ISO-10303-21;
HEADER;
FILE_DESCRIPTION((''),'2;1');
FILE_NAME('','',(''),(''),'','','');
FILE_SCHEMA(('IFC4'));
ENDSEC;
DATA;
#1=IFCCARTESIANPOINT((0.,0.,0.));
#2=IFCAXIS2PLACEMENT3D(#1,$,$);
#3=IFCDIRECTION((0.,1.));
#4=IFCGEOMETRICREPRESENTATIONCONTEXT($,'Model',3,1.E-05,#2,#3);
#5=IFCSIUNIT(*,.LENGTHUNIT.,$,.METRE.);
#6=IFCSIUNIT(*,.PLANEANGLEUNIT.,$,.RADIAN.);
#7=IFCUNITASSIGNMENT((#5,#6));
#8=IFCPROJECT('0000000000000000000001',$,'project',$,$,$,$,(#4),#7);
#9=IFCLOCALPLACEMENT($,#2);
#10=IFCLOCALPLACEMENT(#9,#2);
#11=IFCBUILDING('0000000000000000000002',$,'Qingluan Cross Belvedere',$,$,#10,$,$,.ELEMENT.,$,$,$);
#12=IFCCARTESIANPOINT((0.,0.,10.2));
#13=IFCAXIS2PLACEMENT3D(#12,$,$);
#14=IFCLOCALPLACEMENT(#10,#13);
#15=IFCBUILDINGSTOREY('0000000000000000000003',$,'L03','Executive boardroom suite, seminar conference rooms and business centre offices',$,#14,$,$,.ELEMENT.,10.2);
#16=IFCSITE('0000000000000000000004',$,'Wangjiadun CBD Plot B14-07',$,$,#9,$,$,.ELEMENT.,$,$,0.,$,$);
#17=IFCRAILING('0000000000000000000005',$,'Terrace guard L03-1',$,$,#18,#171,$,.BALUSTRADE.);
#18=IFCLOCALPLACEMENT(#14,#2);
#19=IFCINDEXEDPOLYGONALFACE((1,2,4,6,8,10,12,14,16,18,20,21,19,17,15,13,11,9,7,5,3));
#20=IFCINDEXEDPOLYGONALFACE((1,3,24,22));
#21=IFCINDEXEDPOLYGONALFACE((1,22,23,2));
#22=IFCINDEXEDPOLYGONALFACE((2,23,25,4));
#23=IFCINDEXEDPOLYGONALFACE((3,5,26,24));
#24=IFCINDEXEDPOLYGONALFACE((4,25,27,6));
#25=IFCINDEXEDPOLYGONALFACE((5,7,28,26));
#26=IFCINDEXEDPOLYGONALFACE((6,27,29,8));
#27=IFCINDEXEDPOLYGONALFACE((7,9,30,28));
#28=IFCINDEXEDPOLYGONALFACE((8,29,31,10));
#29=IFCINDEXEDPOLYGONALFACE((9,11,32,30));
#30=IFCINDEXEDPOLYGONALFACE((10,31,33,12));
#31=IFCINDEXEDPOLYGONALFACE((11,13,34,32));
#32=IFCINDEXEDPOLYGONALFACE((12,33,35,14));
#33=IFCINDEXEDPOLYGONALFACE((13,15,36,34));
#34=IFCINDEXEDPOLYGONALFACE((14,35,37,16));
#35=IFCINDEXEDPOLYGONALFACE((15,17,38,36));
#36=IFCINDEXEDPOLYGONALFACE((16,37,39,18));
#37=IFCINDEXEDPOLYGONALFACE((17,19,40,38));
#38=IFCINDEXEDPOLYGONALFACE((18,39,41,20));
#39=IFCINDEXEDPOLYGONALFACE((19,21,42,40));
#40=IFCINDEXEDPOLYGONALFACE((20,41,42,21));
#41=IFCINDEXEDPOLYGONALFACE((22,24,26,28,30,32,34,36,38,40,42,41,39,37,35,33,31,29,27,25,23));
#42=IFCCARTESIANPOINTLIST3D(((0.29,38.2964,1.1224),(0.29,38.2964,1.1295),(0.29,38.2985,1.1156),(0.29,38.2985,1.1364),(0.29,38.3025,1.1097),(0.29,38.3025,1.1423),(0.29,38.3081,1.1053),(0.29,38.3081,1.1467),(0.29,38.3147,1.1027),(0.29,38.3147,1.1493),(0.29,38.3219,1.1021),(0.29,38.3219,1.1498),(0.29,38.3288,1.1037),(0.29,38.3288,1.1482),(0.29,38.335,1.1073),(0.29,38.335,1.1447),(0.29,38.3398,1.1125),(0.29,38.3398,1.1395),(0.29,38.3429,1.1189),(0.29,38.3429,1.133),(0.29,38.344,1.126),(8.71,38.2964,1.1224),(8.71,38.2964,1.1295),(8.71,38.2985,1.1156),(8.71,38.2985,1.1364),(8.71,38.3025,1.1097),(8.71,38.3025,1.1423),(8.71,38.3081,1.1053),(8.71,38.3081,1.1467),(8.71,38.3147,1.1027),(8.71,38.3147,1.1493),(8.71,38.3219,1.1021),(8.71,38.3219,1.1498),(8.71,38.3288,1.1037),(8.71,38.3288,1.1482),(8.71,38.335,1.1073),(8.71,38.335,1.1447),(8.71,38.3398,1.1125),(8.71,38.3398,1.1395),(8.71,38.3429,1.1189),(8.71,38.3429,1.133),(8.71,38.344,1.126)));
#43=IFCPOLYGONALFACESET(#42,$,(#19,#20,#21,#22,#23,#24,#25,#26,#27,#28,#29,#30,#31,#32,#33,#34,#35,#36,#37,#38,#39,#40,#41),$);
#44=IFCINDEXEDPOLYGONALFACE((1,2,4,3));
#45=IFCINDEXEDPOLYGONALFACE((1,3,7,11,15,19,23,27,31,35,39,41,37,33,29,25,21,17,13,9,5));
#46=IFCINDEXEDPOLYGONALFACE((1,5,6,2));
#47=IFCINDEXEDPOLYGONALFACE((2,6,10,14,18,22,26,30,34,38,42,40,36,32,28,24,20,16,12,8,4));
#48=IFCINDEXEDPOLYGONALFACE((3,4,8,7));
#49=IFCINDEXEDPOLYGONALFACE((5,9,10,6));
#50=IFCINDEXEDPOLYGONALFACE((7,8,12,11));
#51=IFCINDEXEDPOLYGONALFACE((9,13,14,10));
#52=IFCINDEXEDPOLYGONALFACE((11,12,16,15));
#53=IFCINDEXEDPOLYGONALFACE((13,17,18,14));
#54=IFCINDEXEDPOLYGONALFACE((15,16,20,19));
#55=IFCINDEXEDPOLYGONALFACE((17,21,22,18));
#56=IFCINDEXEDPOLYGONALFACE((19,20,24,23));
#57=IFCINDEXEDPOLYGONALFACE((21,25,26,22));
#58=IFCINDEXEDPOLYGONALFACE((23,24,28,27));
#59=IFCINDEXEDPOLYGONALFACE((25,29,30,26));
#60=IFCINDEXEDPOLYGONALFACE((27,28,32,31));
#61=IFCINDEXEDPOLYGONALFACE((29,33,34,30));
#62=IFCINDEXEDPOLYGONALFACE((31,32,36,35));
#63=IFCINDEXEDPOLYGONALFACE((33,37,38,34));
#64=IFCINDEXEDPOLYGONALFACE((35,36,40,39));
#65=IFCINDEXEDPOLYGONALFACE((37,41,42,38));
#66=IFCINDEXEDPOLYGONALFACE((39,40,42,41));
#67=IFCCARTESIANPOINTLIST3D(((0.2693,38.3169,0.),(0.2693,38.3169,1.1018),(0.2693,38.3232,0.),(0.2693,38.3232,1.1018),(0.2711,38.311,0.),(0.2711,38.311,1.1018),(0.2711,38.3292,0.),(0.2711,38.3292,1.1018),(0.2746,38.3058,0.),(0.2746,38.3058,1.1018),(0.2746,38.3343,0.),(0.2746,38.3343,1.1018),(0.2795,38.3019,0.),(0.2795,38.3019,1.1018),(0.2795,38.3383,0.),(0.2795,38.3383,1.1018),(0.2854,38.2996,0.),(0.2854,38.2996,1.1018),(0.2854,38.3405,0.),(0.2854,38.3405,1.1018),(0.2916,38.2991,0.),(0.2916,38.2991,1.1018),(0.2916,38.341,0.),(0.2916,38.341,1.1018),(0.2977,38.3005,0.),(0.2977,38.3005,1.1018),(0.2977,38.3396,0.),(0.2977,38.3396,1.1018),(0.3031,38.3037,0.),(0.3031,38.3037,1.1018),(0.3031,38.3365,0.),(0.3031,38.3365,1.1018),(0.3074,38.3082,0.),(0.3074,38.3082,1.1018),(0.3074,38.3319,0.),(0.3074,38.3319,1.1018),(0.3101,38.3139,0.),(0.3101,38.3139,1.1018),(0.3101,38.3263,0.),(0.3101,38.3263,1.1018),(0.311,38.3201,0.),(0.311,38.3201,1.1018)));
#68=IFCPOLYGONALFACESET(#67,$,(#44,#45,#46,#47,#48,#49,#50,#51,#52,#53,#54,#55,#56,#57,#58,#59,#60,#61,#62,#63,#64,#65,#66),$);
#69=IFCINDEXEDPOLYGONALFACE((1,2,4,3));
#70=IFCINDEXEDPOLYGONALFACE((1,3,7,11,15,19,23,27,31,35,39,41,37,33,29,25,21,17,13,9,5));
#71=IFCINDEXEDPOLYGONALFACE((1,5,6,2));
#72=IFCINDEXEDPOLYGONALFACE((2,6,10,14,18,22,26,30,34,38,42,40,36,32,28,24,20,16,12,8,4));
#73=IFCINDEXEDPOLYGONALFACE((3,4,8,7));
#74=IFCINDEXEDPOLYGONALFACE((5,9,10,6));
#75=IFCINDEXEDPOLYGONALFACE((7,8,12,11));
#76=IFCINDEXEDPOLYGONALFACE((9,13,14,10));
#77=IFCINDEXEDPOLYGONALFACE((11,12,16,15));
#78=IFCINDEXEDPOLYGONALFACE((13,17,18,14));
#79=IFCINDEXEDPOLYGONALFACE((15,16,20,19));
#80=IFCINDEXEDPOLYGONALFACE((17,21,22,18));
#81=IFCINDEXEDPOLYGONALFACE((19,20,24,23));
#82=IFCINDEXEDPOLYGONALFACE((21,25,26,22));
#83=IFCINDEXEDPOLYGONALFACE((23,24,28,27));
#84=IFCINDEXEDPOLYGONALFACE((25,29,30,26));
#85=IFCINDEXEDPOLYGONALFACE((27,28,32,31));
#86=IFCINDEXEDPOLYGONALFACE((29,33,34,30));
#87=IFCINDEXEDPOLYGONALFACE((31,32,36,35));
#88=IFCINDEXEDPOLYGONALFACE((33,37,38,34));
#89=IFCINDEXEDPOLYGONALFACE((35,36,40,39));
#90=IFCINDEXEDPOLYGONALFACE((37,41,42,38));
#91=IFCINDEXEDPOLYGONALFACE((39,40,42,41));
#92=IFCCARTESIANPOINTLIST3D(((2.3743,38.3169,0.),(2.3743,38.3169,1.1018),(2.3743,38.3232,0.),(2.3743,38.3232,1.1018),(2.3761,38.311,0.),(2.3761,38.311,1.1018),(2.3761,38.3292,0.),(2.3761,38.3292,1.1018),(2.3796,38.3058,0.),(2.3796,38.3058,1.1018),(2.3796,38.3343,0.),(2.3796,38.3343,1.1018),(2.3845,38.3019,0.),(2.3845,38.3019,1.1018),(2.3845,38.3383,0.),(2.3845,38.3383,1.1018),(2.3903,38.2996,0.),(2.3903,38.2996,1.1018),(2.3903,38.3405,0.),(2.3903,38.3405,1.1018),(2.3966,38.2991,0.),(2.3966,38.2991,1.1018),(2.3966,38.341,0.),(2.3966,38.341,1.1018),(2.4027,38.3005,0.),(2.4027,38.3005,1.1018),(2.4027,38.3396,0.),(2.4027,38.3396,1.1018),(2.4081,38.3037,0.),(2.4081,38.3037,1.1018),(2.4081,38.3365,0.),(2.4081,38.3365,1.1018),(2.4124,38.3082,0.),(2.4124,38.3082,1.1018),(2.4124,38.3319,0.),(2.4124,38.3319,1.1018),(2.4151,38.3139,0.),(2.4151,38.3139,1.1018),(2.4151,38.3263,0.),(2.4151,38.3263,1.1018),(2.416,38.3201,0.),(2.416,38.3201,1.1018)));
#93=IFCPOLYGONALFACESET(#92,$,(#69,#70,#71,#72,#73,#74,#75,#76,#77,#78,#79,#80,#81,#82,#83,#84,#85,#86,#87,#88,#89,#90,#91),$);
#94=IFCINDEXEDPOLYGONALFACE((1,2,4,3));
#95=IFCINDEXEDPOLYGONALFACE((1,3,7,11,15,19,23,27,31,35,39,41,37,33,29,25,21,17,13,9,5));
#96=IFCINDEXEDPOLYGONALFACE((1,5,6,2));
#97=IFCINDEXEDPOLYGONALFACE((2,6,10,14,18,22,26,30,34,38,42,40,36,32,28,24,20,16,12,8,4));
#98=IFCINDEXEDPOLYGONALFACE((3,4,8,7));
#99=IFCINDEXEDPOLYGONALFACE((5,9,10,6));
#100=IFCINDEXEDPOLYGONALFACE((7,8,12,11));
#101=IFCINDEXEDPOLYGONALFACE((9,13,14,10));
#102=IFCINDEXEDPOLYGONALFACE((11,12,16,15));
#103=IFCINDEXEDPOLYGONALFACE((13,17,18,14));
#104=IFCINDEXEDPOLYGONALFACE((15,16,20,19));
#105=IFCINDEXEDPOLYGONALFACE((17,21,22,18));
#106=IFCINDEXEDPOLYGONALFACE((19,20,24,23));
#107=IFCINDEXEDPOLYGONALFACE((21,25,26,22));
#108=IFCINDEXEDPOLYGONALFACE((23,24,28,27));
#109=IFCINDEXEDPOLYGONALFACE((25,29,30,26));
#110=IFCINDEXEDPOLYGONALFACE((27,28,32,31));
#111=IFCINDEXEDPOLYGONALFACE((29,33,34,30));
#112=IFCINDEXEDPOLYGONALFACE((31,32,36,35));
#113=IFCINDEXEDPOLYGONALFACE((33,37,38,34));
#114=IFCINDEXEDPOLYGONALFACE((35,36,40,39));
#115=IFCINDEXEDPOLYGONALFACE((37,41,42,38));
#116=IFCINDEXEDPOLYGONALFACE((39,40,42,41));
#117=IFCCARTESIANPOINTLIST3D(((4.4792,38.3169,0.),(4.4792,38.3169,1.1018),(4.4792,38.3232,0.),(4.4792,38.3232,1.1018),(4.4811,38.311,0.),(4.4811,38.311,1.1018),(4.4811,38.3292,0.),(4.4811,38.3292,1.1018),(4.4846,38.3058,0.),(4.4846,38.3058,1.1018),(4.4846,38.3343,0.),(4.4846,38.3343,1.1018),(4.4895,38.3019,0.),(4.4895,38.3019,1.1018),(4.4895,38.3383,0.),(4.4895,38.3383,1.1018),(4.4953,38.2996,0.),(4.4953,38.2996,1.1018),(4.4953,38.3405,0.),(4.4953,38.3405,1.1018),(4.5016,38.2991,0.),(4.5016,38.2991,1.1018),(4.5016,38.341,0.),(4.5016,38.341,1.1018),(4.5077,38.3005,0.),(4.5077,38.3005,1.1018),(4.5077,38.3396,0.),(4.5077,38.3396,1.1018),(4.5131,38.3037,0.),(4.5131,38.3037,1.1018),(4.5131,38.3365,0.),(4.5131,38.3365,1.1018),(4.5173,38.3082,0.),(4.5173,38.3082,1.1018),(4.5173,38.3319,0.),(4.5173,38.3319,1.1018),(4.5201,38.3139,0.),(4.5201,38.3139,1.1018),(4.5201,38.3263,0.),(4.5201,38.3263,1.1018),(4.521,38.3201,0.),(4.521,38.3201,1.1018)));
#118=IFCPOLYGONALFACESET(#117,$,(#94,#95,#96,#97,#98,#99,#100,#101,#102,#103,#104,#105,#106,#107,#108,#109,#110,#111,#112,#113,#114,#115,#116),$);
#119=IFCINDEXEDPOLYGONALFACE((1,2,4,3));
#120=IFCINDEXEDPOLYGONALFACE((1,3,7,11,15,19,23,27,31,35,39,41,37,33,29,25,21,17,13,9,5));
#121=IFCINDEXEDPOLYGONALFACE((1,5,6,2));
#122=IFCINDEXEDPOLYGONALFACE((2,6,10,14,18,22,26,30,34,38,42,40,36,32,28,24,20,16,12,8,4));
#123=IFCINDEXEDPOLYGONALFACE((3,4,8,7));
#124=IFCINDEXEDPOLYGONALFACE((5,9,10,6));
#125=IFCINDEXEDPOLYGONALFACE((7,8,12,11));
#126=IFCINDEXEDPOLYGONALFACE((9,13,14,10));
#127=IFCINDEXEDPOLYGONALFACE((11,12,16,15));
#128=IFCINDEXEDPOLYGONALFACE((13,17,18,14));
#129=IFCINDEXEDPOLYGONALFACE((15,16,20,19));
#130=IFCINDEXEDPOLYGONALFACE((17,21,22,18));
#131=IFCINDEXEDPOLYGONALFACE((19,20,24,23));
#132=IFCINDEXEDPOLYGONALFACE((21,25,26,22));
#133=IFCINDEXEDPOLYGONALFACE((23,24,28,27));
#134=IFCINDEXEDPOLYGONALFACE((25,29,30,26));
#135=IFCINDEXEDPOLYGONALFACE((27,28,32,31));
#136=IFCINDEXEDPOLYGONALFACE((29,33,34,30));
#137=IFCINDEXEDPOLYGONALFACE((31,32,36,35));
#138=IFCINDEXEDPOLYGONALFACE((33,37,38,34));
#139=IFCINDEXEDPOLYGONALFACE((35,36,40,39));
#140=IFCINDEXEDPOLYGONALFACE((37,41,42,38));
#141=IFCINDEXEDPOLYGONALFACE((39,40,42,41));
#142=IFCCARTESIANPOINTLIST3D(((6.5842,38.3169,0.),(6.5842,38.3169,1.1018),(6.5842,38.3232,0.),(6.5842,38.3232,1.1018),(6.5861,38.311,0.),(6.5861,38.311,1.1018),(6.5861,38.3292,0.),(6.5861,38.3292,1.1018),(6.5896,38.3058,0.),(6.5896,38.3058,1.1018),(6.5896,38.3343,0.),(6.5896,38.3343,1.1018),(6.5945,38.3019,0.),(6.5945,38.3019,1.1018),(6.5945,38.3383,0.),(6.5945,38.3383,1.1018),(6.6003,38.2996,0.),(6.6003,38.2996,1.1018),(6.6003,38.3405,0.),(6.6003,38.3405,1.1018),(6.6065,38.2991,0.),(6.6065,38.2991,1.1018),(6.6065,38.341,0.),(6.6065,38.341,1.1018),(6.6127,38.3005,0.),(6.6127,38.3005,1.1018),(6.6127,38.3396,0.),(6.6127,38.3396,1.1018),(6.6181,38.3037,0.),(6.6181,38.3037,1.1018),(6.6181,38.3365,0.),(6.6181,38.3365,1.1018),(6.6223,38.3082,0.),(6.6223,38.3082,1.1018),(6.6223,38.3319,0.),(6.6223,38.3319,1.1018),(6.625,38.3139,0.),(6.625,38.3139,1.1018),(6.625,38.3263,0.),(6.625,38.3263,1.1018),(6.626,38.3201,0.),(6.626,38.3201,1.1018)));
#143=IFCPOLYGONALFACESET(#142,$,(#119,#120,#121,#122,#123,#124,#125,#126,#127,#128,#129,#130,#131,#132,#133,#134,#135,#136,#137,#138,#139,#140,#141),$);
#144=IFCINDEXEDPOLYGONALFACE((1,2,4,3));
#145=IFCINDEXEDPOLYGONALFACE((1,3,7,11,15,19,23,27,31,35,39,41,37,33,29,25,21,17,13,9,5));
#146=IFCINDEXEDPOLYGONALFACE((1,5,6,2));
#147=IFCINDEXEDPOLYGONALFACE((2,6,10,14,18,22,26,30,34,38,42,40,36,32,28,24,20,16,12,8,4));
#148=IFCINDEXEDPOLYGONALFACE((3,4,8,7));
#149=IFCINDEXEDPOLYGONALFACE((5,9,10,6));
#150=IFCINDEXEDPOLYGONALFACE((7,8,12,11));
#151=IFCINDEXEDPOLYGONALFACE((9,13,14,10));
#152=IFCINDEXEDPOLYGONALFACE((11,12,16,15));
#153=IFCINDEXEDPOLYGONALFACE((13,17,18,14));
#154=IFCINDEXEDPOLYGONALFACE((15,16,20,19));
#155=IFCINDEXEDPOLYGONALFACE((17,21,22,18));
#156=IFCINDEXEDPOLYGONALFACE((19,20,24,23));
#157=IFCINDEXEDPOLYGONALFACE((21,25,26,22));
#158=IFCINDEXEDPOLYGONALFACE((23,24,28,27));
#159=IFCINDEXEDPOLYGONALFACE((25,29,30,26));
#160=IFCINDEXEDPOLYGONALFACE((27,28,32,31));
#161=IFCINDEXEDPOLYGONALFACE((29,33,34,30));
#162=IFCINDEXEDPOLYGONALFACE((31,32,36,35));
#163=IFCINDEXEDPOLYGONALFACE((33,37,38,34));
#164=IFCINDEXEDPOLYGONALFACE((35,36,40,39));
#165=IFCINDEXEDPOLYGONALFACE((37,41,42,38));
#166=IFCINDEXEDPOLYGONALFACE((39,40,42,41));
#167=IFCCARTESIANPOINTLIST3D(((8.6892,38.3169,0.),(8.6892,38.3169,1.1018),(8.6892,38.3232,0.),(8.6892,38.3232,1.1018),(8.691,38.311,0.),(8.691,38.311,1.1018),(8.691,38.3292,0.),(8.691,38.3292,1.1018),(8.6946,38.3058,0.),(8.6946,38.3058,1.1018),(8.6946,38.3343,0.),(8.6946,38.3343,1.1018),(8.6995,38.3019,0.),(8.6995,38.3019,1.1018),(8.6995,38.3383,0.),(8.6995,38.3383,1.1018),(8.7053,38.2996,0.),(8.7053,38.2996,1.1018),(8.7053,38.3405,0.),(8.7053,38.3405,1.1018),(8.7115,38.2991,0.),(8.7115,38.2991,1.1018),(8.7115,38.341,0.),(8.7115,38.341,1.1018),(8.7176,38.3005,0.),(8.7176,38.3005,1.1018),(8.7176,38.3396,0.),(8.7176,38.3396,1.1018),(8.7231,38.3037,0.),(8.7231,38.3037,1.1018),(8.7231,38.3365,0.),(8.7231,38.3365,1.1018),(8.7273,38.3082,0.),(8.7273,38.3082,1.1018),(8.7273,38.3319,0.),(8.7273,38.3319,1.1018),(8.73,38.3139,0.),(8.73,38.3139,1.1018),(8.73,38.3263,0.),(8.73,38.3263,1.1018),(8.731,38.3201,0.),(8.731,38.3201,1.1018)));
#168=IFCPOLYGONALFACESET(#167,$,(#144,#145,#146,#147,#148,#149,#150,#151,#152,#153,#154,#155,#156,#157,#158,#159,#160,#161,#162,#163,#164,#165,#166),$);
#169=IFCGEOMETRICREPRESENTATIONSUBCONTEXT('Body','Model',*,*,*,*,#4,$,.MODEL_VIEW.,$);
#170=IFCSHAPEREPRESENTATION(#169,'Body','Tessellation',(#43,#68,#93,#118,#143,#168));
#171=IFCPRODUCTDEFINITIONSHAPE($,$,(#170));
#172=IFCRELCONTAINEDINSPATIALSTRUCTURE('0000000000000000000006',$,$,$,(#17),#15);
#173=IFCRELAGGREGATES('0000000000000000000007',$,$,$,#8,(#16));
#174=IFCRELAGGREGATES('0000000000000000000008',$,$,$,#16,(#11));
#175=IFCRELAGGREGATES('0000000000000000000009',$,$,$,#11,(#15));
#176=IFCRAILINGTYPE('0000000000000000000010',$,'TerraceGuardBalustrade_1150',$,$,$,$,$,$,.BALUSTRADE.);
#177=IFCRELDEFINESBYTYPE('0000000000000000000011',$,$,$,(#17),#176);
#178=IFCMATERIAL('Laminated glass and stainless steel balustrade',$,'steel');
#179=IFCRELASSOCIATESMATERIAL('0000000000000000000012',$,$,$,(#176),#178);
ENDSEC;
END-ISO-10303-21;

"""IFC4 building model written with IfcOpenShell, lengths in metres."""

from ifc_helpers import new_model, si_unit, direction, frame, origin, origin_2d, place, context, subcontext, project, spatial, circle, extrude, material, type_object, element, save


model = new_model("IFC4")

# Units and contexts
model_context = context("Model", 3, precision=1e-05, world=origin(), true_north=direction((0.0, 1.0)))
body_context = subcontext(model_context, "Body", "Model", "MODEL_VIEW")
ifc_project = project(units=[si_unit("LENGTHUNIT", "METRE"), si_unit("PLANEANGLEUNIT", "RADIAN")], contexts=[model_context])

# Site, building, storey
site_placement = place(None, origin())
site = spatial("IfcSite", under=ifc_project, at=site_placement, Name="Wangjiadun CBD Plot B14-07", CompositionType="ELEMENT", RefElevation=0.0)
building_placement = place(site_placement, origin())
building = spatial("IfcBuilding", under=site, at=building_placement, Name="Qingluan Cross Belvedere", CompositionType="ELEMENT")
storey_placement = place(building_placement, frame((0.0, 0.0, 10.2)))
storey = spatial("IfcBuildingStorey", under=building, at=storey_placement, Name="L03", Description="Executive boardroom suite, seminar conference rooms and business centre offices", CompositionType="ELEMENT", Elevation=10.2)

# Railing
ifc_material_1 = material(Name="Laminated glass and stainless steel balustrade", Category="steel")
railing_type = type_object("IfcRailingType", Name="TerraceGuardBalustrade_1150", PredefinedType="BALUSTRADE", material=ifc_material_1)
railing_placement = place(storey_placement, frame((0.29, 38.3201, 0.0)))
element("IfcRailing", 1, at=railing_placement, inside=storey, type_object=railing_type, Name="Terrace guard L03-1", PredefinedType="BALUSTRADE", context=body_context, shape_type="SweptSolid", body=[
    extrude(circle(Radius=0.0239, at=origin_2d()), frame((0.0, 0.0, 1.126), z_axis=(1.0, 0.0, 0.0), x_axis=(0.0, 1.0, 0.0)), (0.0, 0.0, 1.0), 8.4199),
    extrude(circle(Radius=0.021, at=origin_2d()), origin(), (0.0, 0.0, 1.0), 1.1018),
    extrude(circle(Radius=0.021, at=origin_2d()), frame((2.105, 0.0, 0.0)), (0.0, 0.0, 1.0), 1.1018),
    extrude(circle(Radius=0.021, at=origin_2d()), frame((4.21, 0.0, 0.0)), (0.0, 0.0, 1.0), 1.1018),
    extrude(circle(Radius=0.021, at=origin_2d()), frame((6.3149, 0.0, 0.0)), (0.0, 0.0, 1.0), 1.1018),
    extrude(circle(Radius=0.021, at=origin_2d()), frame((8.4199, 0.0, 0.0)), (0.0, 0.0, 1.0), 1.1018),
])

save(model, "model.ifc")
